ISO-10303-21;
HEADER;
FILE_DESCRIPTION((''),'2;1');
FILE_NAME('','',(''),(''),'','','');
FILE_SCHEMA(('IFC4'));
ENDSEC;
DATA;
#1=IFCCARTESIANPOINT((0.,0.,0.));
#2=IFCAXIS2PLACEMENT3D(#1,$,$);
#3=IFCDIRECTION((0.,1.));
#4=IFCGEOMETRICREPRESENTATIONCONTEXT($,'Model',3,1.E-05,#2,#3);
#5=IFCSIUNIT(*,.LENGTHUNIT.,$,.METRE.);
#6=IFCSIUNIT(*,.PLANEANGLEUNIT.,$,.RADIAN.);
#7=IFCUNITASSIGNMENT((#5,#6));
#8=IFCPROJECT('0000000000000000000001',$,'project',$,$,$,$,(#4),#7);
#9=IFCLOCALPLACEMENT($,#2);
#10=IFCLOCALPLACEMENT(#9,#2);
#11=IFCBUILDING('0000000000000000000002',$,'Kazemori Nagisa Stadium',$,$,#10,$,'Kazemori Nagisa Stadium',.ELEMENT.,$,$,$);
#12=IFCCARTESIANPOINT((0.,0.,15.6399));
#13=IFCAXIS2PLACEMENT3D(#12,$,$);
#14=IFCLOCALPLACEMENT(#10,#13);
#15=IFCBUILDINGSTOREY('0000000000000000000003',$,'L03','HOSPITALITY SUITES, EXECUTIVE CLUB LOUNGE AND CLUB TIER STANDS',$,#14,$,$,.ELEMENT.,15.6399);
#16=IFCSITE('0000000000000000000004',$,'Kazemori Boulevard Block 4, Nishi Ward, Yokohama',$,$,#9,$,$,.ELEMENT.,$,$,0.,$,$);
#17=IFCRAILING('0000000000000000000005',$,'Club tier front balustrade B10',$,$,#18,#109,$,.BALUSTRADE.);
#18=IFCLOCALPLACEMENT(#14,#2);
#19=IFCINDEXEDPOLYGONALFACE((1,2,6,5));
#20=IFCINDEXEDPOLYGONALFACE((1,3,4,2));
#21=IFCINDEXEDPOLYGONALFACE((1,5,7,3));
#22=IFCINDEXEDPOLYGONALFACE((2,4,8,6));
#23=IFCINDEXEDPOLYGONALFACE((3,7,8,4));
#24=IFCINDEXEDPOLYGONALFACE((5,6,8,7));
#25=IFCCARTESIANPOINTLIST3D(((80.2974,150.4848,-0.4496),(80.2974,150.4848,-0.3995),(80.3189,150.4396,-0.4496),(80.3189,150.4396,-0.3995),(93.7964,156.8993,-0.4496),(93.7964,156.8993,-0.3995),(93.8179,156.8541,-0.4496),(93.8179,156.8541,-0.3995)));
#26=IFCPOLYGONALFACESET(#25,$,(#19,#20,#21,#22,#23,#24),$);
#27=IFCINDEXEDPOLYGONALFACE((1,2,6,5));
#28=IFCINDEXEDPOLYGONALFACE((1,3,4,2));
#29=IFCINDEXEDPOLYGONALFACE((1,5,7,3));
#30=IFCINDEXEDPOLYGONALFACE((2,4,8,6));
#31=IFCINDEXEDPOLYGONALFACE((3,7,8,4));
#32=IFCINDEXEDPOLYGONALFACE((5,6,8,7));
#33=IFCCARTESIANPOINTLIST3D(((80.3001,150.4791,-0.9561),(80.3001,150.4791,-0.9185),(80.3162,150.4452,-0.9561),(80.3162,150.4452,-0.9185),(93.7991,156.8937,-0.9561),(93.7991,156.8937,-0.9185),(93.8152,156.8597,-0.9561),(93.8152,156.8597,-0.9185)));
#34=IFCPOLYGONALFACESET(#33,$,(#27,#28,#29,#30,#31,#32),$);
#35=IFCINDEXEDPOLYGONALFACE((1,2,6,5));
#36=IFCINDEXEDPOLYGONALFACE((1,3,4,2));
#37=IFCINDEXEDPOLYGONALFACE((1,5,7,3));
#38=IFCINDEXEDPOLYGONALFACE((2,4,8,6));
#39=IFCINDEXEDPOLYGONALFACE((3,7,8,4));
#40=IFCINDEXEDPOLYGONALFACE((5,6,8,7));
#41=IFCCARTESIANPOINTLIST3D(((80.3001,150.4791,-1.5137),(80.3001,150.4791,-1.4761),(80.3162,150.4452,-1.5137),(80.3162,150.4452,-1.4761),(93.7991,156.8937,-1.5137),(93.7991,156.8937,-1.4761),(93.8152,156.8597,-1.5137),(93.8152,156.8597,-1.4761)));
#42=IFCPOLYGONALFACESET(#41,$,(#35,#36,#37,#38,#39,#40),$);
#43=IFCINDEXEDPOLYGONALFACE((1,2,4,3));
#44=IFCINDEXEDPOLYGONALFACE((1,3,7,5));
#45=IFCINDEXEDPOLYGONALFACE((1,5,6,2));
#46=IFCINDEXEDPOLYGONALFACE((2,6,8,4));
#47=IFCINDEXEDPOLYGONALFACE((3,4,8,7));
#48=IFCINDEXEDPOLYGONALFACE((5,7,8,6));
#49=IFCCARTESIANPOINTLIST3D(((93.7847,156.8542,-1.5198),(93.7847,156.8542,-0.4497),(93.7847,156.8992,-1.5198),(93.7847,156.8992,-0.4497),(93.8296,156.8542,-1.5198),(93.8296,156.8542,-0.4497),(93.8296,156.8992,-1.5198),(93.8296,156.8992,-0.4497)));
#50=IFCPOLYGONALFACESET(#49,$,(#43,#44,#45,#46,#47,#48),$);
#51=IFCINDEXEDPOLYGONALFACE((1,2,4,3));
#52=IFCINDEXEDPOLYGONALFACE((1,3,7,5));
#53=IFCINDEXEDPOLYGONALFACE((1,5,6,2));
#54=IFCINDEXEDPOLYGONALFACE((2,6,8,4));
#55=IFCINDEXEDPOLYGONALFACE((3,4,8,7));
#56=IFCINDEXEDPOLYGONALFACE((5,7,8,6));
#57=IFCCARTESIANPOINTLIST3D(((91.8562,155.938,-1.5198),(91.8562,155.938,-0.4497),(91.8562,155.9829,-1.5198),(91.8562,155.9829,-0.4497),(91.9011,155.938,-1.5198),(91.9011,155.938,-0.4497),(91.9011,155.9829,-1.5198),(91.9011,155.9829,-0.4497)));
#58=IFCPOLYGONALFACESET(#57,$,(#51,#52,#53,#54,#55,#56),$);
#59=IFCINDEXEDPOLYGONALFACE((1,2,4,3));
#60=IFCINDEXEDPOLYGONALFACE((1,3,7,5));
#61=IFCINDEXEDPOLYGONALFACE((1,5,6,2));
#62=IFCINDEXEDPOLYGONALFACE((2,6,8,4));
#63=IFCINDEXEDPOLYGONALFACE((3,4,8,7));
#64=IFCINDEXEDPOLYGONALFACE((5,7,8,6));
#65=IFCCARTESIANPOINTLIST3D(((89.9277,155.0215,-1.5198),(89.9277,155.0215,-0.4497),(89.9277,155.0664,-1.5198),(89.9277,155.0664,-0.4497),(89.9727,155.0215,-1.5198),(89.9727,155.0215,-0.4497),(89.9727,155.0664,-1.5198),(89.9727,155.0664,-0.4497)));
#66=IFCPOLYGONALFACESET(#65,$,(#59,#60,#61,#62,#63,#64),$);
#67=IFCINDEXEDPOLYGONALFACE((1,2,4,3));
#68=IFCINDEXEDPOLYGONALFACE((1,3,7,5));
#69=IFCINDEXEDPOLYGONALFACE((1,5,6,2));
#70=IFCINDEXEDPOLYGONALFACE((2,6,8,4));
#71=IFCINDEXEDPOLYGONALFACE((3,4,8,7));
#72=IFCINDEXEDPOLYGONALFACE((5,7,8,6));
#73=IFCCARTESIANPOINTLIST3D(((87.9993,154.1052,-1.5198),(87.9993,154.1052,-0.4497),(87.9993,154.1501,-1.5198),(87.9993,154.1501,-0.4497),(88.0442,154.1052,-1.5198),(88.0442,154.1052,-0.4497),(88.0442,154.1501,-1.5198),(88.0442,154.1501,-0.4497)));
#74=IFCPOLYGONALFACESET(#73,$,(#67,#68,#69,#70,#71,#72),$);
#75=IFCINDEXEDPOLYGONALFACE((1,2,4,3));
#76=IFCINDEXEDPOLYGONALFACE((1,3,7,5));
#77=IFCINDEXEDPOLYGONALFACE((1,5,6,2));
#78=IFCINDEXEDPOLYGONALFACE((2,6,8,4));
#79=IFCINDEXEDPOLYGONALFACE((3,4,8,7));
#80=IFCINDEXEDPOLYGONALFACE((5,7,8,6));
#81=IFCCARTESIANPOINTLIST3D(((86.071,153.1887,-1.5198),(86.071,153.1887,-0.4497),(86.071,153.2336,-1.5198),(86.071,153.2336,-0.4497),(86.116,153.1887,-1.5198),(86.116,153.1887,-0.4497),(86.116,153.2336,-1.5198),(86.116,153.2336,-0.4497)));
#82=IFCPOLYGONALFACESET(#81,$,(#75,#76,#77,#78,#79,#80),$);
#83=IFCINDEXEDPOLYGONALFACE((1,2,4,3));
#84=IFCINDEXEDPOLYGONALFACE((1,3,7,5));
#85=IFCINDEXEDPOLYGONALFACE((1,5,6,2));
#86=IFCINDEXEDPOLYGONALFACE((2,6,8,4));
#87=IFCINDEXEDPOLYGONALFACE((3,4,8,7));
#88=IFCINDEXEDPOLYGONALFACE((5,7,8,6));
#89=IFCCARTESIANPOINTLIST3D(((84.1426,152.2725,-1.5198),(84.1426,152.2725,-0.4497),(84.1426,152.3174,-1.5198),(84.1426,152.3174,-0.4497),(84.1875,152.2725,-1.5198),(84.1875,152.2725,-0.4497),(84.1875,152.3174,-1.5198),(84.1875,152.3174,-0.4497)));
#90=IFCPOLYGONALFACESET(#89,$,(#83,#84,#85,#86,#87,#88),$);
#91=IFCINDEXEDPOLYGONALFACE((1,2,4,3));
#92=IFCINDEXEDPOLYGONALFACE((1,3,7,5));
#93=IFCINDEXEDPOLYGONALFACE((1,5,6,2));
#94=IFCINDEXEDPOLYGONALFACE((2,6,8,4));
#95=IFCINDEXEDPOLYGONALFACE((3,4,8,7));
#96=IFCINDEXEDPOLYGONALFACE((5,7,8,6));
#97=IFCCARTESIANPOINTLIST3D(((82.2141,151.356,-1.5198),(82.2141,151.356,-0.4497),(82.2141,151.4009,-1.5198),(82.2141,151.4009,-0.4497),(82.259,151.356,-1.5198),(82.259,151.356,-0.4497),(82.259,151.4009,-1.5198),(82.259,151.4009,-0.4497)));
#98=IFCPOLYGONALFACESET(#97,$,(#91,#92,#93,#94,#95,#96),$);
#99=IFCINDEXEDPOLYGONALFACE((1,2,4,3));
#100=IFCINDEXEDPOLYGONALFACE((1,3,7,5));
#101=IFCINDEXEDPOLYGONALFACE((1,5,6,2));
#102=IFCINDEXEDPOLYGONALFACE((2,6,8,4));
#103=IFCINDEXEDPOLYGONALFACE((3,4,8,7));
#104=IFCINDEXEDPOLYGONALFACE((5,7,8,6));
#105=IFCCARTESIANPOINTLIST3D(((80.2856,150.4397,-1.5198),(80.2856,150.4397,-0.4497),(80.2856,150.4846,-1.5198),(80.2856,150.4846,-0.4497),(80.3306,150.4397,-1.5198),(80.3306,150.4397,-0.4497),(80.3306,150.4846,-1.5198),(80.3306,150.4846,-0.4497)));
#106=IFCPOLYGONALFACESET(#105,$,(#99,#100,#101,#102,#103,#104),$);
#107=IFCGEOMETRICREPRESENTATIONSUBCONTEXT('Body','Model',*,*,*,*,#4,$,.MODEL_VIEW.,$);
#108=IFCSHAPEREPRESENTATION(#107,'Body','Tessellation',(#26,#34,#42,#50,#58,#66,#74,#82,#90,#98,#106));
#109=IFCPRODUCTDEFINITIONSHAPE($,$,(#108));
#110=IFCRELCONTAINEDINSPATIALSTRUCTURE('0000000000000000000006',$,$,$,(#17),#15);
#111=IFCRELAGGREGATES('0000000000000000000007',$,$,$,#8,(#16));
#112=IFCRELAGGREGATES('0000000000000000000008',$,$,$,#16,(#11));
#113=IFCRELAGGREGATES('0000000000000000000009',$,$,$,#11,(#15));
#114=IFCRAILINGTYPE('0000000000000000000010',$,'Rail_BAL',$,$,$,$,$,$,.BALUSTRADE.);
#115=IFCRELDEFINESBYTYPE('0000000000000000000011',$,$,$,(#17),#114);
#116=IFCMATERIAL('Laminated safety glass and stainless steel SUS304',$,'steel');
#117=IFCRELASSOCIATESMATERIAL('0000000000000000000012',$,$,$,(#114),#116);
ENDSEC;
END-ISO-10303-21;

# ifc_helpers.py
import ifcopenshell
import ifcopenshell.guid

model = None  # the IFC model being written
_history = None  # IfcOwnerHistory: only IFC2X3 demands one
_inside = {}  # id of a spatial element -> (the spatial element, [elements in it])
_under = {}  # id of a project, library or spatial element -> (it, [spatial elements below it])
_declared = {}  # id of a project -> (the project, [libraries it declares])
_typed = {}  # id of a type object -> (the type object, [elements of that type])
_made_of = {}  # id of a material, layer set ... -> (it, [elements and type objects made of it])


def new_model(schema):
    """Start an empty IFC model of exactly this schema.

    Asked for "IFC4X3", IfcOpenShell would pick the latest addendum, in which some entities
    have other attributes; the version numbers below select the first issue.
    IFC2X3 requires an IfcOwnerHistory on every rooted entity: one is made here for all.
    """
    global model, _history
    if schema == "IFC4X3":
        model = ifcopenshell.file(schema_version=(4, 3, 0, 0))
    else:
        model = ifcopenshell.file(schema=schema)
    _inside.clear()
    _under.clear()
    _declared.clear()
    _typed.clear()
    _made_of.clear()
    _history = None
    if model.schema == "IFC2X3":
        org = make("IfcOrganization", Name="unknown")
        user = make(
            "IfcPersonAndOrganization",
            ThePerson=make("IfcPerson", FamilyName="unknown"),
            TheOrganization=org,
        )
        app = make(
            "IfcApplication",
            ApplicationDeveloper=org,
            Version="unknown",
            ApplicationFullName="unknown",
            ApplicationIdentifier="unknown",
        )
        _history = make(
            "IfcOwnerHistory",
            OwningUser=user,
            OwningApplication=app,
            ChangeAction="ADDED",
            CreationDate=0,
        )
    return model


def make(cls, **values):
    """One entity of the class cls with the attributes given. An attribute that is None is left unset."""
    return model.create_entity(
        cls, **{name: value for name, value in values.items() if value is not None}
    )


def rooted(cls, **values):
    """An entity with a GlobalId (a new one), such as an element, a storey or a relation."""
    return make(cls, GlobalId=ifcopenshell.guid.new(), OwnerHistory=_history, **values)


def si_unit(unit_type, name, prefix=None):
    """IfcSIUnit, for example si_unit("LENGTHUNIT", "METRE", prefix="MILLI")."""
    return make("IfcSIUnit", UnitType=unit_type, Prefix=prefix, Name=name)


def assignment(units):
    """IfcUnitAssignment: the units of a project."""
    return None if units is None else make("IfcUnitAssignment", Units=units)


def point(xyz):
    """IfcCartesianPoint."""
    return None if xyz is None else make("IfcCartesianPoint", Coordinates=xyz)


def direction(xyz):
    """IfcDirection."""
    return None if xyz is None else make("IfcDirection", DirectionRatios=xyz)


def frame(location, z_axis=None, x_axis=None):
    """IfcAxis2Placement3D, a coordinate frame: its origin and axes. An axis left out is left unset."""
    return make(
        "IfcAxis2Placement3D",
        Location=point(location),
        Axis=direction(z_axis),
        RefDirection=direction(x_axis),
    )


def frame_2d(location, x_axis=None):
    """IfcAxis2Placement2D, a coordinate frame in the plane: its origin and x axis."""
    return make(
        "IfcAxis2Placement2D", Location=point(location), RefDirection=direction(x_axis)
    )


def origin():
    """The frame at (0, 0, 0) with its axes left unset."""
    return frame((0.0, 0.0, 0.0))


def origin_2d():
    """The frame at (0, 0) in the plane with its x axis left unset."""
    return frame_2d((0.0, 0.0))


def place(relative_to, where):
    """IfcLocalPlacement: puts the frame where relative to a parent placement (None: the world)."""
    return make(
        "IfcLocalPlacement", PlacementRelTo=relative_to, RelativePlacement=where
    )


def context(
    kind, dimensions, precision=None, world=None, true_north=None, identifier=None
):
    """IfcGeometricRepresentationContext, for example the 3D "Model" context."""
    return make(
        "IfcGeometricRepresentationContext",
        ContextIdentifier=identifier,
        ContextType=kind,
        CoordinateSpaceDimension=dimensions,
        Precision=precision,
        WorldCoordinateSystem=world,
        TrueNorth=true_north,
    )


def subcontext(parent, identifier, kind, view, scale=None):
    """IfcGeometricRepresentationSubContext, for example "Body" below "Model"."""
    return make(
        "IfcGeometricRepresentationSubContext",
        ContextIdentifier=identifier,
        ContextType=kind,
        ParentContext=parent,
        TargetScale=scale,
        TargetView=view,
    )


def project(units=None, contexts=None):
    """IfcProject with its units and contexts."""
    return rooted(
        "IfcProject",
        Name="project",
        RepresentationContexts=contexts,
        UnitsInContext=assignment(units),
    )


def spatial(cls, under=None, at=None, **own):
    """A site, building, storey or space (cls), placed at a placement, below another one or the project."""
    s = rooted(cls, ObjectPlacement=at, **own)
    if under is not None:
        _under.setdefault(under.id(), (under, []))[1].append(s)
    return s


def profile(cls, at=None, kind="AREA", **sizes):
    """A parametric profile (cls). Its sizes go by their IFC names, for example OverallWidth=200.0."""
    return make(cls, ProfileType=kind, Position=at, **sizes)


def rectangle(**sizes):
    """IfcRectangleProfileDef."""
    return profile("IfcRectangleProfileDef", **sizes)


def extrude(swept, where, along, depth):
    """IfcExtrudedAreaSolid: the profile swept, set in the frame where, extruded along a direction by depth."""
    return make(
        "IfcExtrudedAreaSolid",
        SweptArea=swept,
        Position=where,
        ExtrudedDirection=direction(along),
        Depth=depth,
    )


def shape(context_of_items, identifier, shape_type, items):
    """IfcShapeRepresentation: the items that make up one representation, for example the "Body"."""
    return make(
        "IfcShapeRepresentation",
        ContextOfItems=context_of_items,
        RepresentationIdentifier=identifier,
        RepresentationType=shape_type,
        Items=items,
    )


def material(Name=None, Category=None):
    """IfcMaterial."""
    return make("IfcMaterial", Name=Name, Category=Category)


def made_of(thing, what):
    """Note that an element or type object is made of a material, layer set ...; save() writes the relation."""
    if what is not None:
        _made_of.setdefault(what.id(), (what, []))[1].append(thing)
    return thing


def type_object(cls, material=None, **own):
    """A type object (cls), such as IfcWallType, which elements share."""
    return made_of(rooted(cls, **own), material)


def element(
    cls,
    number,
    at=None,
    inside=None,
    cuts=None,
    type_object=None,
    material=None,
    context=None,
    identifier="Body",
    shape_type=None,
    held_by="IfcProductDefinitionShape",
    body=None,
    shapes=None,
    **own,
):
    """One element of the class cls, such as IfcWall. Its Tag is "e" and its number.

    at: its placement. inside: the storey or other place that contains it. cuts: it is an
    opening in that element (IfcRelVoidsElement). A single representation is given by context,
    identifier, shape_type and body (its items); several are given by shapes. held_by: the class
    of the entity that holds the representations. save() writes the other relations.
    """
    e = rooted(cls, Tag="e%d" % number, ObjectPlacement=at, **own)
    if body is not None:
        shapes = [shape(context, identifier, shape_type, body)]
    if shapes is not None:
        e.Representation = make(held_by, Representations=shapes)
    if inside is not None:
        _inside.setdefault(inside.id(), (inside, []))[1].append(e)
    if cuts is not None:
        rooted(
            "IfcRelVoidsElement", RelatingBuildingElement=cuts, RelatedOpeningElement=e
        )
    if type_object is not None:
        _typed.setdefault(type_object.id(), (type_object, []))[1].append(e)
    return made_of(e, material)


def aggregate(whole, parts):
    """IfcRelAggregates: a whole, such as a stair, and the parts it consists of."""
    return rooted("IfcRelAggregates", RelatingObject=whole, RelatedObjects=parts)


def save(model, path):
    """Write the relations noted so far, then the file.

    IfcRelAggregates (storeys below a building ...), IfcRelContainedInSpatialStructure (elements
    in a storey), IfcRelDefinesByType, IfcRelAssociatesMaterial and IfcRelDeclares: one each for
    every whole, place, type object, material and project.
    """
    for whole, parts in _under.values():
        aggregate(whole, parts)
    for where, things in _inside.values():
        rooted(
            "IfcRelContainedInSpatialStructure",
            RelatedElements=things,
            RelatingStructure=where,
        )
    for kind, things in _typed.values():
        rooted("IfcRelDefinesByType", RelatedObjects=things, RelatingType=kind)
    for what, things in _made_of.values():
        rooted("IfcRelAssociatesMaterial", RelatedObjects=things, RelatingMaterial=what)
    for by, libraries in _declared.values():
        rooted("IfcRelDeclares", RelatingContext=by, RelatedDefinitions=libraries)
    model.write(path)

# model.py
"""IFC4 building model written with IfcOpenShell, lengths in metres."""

from ifc_helpers import new_model, si_unit, direction, frame, origin, origin_2d, place, context, subcontext, project, spatial, rectangle, extrude, material, type_object, element, save


model = new_model("IFC4")

# Units and contexts
model_context = context("Model", 3, precision=1e-05, world=origin(), true_north=direction((0.0, 1.0)))
body_context = subcontext(model_context, "Body", "Model", "MODEL_VIEW")
ifc_project = project(units=[si_unit("LENGTHUNIT", "METRE"), si_unit("PLANEANGLEUNIT", "RADIAN")], contexts=[model_context])

# Site, building, storey
site_placement = place(None, origin())
site = spatial("IfcSite", under=ifc_project, at=site_placement, Name="Kazemori Boulevard Block 4, Nishi Ward, Yokohama", CompositionType="ELEMENT", RefElevation=0.0)
building_placement = place(site_placement, origin())
building = spatial("IfcBuilding", under=site, at=building_placement, Name="Kazemori Nagisa Stadium", LongName="Kazemori Nagisa Stadium", CompositionType="ELEMENT")
storey_placement = place(building_placement, frame((0.0, 0.0, 15.6399)))
storey = spatial("IfcBuildingStorey", under=building, at=storey_placement, Name="L03", Description="HOSPITALITY SUITES, EXECUTIVE CLUB LOUNGE AND CLUB TIER STANDS", CompositionType="ELEMENT", Elevation=15.6399)

# Railing
ifc_material_1 = material(Name="Laminated safety glass and stainless steel SUS304", Category="steel")
railing_type = type_object("IfcRailingType", Name="Rail_BAL", PredefinedType="BALUSTRADE", material=ifc_material_1)
railing_placement = place(storey_placement, frame((93.8071, 156.8767, -1.5198)))
element("IfcRailing", 1, at=railing_placement, inside=storey, type_object=railing_type, Name="Club tier front balustrade B10", PredefinedType="BALUSTRADE", context=body_context, shape_type="SweptSolid", body=[
    extrude(rectangle(XDim=0.05, YDim=0.05, at=origin_2d()), frame((0.0, 0.0, 1.0952), z_axis=(-0.903212, -0.429194, 0.0), x_axis=(0.429194, -0.903212, 0.0)), (0.0, 0.0, 1.0), 14.9456),
    extrude(rectangle(XDim=0.0376, YDim=0.0376, at=origin_2d()), frame((0.0, 0.0, 0.5825), z_axis=(-0.903212, -0.429194, 0.0), x_axis=(0.429194, -0.903212, 0.0)), (0.0, 0.0, 1.0), 14.9456),
    extrude(rectangle(XDim=0.0376, YDim=0.0376, at=origin_2d()), frame((0.0, 0.0, 0.0249), z_axis=(-0.903212, -0.429194, 0.0), x_axis=(0.429194, -0.903212, 0.0)), (0.0, 0.0, 1.0), 14.9456),
    extrude(rectangle(XDim=0.0449, YDim=0.0449, at=origin_2d()), origin(), (0.0, 0.0, 1.0), 1.0701),
    extrude(rectangle(XDim=0.0449, YDim=0.0449, at=origin_2d()), frame((-1.9285, -0.9163, 0.0)), (0.0, 0.0, 1.0), 1.0701),
    extrude(rectangle(XDim=0.0449, YDim=0.0449, at=origin_2d()), frame((-3.8569, -1.8328, 0.0)), (0.0, 0.0, 1.0), 1.0701),
    extrude(rectangle(XDim=0.0449, YDim=0.0449, at=origin_2d()), frame((-5.7854, -2.749, 0.0)), (0.0, 0.0, 1.0), 1.0701),
    extrude(rectangle(XDim=0.0449, YDim=0.0449, at=origin_2d()), frame((-7.7136, -3.6655, 0.0)), (0.0, 0.0, 1.0), 1.0701),
    extrude(rectangle(XDim=0.0449, YDim=0.0449, at=origin_2d()), frame((-9.6421, -4.5818, 0.0)), (0.0, 0.0, 1.0), 1.0701),
    extrude(rectangle(XDim=0.0449, YDim=0.0449, at=origin_2d()), frame((-11.5706, -5.4983, 0.0)), (0.0, 0.0, 1.0), 1.0701),
    extrude(rectangle(XDim=0.0449, YDim=0.0449, at=origin_2d()), frame((-13.499, -6.4146, 0.0)), (0.0, 0.0, 1.0), 1.0701),
])

save(model, "model.ifc")
